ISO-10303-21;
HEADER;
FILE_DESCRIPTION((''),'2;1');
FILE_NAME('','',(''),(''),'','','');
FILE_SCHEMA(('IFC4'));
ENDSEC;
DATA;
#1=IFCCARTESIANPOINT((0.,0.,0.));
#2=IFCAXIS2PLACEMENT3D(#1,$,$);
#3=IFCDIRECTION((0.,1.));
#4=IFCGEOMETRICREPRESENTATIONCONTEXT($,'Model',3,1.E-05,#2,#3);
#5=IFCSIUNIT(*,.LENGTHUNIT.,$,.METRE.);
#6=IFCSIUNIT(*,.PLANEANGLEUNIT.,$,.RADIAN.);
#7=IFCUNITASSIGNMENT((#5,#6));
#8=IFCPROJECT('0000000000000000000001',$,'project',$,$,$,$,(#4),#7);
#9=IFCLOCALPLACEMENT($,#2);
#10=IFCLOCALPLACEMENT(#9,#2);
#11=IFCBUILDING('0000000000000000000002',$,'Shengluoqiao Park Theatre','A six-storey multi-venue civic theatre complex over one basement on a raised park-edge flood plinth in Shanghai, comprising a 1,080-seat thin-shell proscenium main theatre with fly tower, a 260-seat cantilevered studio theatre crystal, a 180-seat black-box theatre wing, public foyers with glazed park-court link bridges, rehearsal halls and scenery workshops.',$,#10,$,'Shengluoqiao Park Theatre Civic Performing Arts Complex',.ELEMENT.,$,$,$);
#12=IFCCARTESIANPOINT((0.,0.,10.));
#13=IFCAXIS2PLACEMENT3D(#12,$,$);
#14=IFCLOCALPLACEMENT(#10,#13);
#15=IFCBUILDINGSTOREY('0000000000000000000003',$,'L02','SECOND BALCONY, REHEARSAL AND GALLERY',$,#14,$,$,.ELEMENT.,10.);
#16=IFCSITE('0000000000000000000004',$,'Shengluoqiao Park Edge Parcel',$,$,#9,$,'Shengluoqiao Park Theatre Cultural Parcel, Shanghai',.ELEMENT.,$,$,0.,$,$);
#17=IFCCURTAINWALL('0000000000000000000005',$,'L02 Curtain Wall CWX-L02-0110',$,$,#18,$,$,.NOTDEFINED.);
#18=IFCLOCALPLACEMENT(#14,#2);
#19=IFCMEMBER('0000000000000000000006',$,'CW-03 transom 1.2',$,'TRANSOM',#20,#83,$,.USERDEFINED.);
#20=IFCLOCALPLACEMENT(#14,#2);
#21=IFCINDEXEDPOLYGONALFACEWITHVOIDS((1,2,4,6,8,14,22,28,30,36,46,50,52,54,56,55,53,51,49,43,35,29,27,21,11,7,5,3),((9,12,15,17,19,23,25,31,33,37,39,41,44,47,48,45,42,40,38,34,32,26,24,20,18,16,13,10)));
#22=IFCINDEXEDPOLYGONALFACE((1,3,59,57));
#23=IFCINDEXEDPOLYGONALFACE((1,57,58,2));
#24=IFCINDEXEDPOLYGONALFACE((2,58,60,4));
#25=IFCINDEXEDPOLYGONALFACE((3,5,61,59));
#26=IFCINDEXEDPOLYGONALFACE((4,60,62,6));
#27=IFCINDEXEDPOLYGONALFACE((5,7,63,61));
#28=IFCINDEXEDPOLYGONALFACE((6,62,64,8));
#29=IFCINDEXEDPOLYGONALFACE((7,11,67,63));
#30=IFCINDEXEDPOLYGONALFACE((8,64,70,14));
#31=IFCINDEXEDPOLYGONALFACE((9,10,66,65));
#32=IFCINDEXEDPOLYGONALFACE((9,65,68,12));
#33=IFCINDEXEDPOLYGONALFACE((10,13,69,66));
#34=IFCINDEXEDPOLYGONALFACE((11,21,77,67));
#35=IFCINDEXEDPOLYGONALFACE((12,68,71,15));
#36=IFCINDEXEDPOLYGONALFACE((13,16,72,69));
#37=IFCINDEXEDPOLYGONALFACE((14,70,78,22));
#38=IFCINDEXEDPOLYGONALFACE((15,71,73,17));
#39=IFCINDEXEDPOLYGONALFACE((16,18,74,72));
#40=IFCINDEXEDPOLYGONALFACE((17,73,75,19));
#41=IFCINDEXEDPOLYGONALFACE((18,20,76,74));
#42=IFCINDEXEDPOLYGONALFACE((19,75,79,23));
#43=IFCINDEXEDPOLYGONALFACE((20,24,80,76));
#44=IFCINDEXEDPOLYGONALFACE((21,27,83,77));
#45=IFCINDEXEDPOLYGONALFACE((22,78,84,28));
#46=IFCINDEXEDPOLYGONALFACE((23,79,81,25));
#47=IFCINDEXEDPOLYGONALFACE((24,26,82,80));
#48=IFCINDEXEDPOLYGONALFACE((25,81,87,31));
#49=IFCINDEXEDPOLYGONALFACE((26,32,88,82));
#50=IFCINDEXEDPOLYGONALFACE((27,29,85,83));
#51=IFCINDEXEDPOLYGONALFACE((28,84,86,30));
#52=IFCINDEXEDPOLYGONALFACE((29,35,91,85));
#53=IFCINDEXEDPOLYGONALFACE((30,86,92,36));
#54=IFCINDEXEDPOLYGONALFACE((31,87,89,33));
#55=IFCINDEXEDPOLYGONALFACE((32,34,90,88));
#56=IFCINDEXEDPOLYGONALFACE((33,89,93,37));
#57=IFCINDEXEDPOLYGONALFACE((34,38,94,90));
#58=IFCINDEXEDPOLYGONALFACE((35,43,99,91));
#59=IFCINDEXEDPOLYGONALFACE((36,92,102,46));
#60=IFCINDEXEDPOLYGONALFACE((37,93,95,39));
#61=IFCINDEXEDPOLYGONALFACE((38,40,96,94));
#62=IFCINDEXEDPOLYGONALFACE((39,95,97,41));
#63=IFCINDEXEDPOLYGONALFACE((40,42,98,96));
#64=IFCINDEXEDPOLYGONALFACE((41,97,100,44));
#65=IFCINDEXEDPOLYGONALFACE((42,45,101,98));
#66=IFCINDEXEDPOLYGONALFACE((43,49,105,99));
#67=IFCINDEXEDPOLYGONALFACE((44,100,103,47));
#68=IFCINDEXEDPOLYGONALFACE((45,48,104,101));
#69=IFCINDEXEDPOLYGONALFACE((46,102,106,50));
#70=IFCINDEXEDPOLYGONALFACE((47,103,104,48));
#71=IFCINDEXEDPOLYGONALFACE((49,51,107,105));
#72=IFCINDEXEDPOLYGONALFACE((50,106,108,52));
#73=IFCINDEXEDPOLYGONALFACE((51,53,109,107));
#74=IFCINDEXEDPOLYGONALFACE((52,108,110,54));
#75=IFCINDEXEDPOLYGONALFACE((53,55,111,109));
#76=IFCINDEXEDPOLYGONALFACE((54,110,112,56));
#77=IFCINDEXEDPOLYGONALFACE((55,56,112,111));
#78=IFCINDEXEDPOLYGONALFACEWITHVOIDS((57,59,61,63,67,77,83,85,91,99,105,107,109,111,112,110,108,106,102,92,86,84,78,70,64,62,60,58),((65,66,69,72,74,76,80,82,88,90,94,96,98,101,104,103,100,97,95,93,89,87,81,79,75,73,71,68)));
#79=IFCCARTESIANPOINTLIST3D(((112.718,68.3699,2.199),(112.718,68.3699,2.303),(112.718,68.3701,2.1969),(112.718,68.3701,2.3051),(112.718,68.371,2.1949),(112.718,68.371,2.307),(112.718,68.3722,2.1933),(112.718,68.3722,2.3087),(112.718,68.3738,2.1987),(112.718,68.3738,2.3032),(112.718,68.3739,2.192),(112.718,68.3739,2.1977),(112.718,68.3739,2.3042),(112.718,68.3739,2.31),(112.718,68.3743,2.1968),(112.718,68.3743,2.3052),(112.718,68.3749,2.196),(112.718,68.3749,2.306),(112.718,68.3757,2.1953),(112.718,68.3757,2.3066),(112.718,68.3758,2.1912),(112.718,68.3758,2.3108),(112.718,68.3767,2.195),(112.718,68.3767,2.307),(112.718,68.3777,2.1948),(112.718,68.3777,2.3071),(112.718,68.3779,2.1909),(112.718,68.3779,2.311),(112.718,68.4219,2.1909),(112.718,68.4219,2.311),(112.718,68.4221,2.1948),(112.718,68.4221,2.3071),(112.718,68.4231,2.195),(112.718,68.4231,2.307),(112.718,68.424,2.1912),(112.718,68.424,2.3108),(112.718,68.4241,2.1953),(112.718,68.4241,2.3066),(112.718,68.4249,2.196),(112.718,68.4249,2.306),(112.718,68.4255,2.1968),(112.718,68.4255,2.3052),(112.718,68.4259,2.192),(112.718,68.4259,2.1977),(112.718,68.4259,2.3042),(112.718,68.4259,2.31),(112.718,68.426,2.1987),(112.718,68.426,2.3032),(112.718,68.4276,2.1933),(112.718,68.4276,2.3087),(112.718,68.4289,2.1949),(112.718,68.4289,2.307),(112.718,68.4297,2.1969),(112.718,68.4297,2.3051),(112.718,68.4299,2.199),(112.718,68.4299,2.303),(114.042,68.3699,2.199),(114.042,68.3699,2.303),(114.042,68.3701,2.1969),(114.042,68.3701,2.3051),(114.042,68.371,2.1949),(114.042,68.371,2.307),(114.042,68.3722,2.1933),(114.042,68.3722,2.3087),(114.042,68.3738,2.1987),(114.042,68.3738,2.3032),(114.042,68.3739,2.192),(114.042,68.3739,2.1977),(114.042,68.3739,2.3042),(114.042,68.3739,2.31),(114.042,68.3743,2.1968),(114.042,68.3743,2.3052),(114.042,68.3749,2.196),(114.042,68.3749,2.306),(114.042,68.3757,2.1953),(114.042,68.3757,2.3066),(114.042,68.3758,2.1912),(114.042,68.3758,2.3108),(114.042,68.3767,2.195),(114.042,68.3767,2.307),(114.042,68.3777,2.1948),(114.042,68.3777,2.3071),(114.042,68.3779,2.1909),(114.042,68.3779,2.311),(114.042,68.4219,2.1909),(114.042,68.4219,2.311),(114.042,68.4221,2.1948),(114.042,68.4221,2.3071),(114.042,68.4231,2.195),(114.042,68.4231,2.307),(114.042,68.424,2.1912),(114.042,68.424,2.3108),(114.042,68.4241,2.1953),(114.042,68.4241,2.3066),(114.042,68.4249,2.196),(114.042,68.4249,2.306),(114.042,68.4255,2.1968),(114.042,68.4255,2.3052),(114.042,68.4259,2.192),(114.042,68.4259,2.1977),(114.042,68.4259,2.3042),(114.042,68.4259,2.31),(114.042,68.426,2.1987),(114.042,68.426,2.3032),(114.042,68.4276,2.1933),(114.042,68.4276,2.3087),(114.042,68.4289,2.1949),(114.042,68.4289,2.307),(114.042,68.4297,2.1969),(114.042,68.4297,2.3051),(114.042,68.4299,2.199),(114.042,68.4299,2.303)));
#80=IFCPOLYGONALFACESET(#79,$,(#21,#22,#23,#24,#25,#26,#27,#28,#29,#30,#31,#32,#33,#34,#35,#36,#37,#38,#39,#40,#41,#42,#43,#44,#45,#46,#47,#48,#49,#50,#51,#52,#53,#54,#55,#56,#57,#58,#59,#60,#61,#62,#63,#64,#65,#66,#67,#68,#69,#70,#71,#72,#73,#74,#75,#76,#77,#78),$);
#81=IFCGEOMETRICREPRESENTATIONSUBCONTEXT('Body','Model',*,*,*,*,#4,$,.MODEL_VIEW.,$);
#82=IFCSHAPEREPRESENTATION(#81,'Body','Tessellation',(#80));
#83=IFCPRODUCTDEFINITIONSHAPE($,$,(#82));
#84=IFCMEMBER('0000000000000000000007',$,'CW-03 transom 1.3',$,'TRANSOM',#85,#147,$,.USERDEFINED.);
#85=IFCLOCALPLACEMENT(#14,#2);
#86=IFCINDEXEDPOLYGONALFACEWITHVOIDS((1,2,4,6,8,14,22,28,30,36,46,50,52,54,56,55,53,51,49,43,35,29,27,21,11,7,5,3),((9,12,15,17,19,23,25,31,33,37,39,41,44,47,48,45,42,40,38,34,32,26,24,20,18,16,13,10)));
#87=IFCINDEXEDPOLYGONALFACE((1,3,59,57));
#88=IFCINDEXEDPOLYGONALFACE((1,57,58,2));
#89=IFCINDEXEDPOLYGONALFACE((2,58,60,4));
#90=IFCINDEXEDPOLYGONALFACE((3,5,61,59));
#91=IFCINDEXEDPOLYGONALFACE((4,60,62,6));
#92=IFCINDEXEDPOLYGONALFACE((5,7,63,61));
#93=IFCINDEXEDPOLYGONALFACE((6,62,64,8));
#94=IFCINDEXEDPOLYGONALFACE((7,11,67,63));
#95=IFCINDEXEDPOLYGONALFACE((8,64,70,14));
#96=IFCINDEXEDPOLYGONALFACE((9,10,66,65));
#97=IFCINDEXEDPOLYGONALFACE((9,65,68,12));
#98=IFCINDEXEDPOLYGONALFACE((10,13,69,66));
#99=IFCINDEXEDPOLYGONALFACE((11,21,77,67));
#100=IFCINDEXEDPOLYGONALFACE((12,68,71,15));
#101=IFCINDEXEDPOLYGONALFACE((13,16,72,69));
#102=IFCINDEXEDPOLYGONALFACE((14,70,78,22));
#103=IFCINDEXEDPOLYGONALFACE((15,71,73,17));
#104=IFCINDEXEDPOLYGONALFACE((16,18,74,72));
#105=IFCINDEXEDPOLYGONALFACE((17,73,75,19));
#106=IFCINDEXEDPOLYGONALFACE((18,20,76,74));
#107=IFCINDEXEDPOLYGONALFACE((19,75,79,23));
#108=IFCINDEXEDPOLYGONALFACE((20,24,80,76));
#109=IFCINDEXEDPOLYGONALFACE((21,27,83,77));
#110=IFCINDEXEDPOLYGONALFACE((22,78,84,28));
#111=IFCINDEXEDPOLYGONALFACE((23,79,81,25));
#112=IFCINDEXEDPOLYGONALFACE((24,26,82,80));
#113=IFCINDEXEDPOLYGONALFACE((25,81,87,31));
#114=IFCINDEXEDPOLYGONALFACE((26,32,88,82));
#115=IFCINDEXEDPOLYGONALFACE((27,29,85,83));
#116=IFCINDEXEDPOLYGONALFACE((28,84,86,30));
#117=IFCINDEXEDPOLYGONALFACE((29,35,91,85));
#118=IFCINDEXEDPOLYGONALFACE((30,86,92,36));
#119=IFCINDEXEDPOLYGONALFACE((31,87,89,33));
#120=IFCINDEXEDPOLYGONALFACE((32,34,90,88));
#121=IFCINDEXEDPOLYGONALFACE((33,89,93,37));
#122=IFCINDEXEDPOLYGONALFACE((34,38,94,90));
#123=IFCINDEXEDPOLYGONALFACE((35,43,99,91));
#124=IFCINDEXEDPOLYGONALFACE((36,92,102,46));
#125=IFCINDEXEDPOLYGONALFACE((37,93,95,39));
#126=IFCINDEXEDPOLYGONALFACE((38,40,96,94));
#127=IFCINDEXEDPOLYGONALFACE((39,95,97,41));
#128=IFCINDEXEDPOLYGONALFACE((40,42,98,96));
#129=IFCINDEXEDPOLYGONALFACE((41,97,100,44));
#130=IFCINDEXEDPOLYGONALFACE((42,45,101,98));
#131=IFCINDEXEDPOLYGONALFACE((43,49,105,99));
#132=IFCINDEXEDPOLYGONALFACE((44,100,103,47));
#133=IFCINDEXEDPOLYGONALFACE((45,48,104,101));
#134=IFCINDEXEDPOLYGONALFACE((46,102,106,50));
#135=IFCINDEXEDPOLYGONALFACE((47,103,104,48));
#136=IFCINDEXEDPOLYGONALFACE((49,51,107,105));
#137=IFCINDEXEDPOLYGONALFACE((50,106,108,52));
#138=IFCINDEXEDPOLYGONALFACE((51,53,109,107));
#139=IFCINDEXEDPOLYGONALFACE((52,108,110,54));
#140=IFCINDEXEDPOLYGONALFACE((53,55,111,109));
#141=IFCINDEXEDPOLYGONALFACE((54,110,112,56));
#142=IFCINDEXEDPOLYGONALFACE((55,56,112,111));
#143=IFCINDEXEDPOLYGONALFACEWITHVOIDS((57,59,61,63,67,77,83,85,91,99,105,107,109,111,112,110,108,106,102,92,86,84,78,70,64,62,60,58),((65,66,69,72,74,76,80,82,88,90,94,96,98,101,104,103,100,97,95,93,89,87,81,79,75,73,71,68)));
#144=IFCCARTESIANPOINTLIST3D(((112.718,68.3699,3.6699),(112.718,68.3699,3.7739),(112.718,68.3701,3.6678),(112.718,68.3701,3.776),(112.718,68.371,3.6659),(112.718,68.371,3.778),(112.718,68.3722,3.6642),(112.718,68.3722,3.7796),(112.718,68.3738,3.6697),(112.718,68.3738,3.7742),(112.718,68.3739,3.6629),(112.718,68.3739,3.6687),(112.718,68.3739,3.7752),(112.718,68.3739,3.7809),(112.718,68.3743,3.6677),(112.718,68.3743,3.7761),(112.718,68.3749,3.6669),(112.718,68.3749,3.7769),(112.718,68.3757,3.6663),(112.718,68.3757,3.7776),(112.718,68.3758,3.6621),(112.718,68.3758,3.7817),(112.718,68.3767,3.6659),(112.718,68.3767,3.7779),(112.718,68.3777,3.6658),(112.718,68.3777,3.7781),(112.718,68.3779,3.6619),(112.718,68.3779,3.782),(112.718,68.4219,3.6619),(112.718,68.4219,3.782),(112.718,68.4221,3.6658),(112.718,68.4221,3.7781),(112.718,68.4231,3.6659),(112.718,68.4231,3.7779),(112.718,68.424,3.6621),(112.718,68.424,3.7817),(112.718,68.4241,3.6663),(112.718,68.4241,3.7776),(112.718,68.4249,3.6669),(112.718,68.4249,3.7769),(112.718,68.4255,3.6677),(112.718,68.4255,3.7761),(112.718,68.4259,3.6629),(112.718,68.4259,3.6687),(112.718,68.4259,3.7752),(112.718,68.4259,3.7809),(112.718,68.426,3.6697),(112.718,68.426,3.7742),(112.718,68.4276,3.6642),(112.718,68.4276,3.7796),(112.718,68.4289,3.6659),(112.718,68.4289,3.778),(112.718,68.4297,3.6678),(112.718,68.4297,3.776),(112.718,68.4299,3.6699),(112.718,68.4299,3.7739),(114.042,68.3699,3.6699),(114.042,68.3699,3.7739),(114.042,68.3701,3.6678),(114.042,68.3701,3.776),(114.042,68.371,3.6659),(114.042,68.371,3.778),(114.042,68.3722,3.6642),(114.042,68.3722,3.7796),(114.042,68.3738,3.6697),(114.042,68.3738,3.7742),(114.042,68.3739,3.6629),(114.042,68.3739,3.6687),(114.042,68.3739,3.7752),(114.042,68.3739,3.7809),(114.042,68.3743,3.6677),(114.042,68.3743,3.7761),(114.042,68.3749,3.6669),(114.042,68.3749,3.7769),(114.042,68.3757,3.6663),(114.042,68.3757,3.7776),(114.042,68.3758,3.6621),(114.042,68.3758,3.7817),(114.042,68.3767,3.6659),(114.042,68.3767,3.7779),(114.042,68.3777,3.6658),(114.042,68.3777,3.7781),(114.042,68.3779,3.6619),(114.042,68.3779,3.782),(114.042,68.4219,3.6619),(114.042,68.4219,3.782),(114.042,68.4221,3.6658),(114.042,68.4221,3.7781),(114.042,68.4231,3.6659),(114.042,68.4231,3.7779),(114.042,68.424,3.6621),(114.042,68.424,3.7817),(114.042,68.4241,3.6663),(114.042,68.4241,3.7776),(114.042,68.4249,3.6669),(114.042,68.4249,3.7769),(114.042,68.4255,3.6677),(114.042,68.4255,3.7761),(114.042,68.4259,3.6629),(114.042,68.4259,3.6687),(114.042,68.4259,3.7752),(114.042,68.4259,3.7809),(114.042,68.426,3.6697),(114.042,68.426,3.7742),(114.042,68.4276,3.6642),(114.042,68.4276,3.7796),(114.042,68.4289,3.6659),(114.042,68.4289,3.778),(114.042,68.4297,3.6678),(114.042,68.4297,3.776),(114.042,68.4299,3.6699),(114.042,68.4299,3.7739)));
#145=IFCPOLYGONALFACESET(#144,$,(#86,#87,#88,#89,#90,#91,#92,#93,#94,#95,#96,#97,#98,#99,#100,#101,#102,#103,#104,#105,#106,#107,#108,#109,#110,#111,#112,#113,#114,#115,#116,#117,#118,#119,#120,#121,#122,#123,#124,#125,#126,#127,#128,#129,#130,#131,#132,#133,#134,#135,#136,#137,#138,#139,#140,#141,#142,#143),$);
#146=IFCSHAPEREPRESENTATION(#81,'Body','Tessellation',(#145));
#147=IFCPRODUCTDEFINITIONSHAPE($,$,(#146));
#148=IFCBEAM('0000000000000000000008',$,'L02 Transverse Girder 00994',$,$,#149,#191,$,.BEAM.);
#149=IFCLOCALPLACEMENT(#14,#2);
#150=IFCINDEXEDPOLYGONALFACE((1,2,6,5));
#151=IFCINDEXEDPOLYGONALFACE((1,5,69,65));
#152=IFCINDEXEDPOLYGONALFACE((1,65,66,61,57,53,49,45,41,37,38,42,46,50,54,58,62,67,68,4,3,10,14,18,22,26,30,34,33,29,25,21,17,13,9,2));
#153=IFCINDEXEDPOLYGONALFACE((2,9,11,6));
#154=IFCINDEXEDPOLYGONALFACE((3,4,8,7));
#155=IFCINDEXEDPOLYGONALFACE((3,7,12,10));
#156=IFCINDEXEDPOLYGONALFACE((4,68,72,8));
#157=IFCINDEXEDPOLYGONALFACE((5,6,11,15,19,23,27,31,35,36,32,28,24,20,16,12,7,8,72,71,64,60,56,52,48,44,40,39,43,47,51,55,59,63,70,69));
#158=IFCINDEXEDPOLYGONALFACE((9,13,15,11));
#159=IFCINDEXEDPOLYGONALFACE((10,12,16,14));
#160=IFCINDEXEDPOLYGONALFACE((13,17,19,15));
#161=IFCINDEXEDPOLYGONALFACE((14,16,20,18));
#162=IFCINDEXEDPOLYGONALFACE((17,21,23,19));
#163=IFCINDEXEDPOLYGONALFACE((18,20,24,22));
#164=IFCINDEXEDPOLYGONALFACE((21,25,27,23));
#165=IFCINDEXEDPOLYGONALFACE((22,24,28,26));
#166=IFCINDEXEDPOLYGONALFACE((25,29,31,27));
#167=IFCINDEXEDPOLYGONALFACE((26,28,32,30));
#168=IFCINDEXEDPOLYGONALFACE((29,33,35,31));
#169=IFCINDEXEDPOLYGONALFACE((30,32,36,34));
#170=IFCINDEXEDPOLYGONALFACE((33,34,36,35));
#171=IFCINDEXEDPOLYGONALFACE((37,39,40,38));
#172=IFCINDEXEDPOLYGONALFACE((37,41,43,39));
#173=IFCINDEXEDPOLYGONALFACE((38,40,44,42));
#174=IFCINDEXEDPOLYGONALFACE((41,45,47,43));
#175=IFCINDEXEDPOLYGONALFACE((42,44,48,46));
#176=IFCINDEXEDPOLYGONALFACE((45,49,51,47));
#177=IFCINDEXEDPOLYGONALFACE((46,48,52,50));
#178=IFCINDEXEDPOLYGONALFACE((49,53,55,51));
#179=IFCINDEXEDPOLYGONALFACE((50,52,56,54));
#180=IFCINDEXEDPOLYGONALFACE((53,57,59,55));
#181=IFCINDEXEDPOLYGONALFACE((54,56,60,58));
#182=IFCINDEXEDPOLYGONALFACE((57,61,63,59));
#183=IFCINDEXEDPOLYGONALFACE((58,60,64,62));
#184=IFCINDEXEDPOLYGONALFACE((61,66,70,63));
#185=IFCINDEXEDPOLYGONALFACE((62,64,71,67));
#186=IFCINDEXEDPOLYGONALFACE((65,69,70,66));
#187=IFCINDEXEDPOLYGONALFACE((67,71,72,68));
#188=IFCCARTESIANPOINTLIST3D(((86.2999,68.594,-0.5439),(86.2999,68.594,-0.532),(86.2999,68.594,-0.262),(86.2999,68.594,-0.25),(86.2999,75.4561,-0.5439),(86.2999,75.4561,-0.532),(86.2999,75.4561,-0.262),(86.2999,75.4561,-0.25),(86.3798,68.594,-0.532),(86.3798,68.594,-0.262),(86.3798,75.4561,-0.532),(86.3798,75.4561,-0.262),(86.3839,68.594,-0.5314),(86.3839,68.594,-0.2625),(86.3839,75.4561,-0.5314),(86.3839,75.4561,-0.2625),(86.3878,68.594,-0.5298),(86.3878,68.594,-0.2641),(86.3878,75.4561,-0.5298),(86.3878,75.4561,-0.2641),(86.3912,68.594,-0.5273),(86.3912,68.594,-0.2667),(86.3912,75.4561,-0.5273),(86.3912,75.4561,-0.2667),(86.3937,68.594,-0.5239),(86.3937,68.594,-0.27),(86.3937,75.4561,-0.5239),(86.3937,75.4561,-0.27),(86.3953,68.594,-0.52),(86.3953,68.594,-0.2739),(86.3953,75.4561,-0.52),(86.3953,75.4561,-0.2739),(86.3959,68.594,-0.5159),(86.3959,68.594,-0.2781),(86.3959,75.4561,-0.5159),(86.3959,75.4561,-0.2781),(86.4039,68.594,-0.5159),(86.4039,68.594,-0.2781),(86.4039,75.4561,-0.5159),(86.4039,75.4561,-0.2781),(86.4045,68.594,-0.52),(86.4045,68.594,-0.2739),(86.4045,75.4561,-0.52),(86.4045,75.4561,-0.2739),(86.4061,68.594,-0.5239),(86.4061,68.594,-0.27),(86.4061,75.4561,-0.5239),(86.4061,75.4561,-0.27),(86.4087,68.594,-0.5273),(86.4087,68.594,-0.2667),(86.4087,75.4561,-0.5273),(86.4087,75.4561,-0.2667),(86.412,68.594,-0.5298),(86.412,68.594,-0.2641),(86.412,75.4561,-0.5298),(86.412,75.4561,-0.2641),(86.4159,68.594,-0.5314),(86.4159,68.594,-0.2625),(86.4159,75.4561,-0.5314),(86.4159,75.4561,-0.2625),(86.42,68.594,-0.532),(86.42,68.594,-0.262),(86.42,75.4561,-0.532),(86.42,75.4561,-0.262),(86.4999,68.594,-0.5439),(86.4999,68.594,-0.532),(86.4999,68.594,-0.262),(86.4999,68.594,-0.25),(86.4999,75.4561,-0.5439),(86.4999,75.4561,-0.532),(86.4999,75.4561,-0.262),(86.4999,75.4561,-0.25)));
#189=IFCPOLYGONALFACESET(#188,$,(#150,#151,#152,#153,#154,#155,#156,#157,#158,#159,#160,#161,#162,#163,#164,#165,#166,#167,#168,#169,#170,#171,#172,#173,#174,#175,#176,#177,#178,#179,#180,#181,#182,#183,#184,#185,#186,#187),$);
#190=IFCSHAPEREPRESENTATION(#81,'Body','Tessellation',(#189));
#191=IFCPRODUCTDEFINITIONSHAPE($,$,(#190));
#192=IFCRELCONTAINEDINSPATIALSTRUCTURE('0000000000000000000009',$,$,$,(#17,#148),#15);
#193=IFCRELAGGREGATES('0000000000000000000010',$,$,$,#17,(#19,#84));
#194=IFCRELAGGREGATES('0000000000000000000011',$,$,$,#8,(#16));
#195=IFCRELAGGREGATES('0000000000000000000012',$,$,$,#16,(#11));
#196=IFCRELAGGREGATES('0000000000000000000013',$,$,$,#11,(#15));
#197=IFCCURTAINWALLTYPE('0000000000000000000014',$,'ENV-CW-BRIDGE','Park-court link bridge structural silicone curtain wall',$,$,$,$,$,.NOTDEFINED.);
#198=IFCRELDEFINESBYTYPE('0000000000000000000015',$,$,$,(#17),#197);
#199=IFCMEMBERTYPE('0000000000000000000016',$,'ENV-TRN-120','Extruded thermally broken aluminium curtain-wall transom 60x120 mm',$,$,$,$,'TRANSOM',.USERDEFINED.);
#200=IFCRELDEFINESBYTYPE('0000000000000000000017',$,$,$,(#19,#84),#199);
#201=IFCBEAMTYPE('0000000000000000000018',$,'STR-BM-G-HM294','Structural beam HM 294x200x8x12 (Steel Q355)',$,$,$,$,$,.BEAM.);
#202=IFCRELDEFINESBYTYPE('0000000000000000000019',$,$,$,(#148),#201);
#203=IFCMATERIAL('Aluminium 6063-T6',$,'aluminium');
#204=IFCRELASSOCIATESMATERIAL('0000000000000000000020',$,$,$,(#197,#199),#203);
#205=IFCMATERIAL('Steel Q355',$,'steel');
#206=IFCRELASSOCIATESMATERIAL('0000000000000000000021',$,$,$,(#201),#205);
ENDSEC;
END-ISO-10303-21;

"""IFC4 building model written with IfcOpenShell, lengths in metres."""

from ifc_helpers import new_model, si_unit, direction, frame, origin, origin_2d, place, context, subcontext, project, spatial, hollow_rectangle, i_section, extrude, material, material_profile, profile_set, type_object, element, aggregate, save


model = new_model("IFC4")

# Units and contexts
model_context = context("Model", 3, precision=1e-05, world=origin(), true_north=direction((0.0, 1.0)))
body_context = subcontext(model_context, "Body", "Model", "MODEL_VIEW")
ifc_project = project(units=[si_unit("LENGTHUNIT", "METRE"), si_unit("PLANEANGLEUNIT", "RADIAN")], contexts=[model_context])

# Site, building, storey
site_placement = place(None, origin())
site = spatial("IfcSite", under=ifc_project, at=site_placement, Name="Shengluoqiao Park Edge Parcel", LongName="Shengluoqiao Park Theatre Cultural Parcel, Shanghai", CompositionType="ELEMENT", RefElevation=0.0)
building_placement = place(site_placement, origin())
building = spatial("IfcBuilding", under=site, at=building_placement, Name="Shengluoqiao Park Theatre", Description="A six-storey multi-venue civic theatre complex over one basement on a raised park-edge flood plinth in Shanghai, comprising a 1,080-seat thin-shell proscenium main theatre with fly tower, a 260-seat cantilevered studio theatre crystal, a 180-seat black-box theatre wing, public foyers with glazed park-court link bridges, rehearsal halls and scenery workshops.", LongName="Shengluoqiao Park Theatre Civic Performing Arts Complex", CompositionType="ELEMENT")
storey_placement = place(building_placement, frame((0.0, 0.0, 10.0)))
storey = spatial("IfcBuildingStorey", under=building, at=storey_placement, Name="L02", Description="SECOND BALCONY, REHEARSAL AND GALLERY", CompositionType="ELEMENT", Elevation=10.0)

# Shared definitions
ifc_material_1 = material(Name="Aluminium 6063-T6", Category="aluminium")
curtain_wall_type = type_object("IfcCurtainWallType", Name="ENV-CW-BRIDGE", Description="Park-court link bridge structural silicone curtain wall", PredefinedType="NOTDEFINED", material=ifc_material_1)

# Curtain wall, members
curtain_wall_1_placement = place(storey_placement, origin())
curtain_wall_1 = element("IfcCurtainWall", 1, at=curtain_wall_1_placement, inside=storey, type_object=curtain_wall_type, Name="L02 Curtain Wall CWX-L02-0110", PredefinedType="NOTDEFINED")
ifc_material_profile_1 = material_profile(ifc_material_1, hollow_rectangle(XDim=0.0601, YDim=0.1201, WallThickness=0.0039, InnerFilletRadius=0.0039, OuterFilletRadius=0.0081, at=origin_2d()), Name="ALU TRANSOM 120x60x4")
ifc_profile_set_1 = profile_set([ifc_material_profile_1], Name="Aluminium 6063-T6")
member_type_1 = type_object("IfcMemberType", Name="ENV-TRN-120", Description="Extruded thermally broken aluminium curtain-wall transom 60x120 mm", ElementType="TRANSOM", PredefinedType="USERDEFINED", material=ifc_profile_set_1)
member_1_placement = place(storey_placement, frame((112.718, 68.3999, 2.251), z_axis=(1.0, 0.0, 0.0), x_axis=(0.0, 1.0, 0.0)))
member_1 = element("IfcMember", 2, at=member_1_placement, type_object=member_type_1, Name="CW-03 transom 1.2", ObjectType="TRANSOM", PredefinedType="USERDEFINED", context=body_context, shape_type="SweptSolid", body=[
    extrude(hollow_rectangle(XDim=0.0601, YDim=0.1201, WallThickness=0.0039, InnerFilletRadius=0.0039, OuterFilletRadius=0.0081, at=origin_2d()), origin(), (0.0, 0.0, 1.0), 1.324),
])
member_2_placement = place(storey_placement, frame((112.718, 68.3999, 3.7219), z_axis=(1.0, 0.0, 0.0), x_axis=(0.0, 1.0, 0.0)))
member_2 = element("IfcMember", 3, at=member_2_placement, type_object=member_type_1, Name="CW-03 transom 1.3", ObjectType="TRANSOM", PredefinedType="USERDEFINED", context=body_context, shape_type="SweptSolid", body=[
    extrude(hollow_rectangle(XDim=0.0601, YDim=0.1201, WallThickness=0.0039, InnerFilletRadius=0.0039, OuterFilletRadius=0.0081, at=origin_2d()), origin(), (0.0, 0.0, 1.0), 1.324),
])

# Beam
ifc_material_2 = material(Name="Steel Q355", Category="steel")
ifc_material_profile_2 = material_profile(ifc_material_2, i_section(OverallWidth=0.2, OverallDepth=0.2939, WebThickness=0.0081, FlangeThickness=0.012, FilletRadius=0.0161, at=origin_2d()), Name="HM 294x200x8x12")
ifc_profile_set_2 = profile_set([ifc_material_profile_2], Name="Steel Q355")
beam_type_1 = type_object("IfcBeamType", Name="STR-BM-G-HM294", Description="Structural beam HM 294x200x8x12 (Steel Q355)", PredefinedType="BEAM", material=ifc_profile_set_2)
beam_1_placement = place(storey_placement, frame((86.3999, 68.594, -0.397), z_axis=(0.0, 1.0, 0.0), x_axis=(-1.0, 0.0, 0.0)))
element("IfcBeam", 4, at=beam_1_placement, inside=storey, type_object=beam_type_1, Name="L02 Transverse Girder 00994", PredefinedType="BEAM", context=body_context, shape_type="SweptSolid", body=[
    extrude(i_section(OverallWidth=0.2, OverallDepth=0.2939, WebThickness=0.0081, FlangeThickness=0.012, FilletRadius=0.0161, at=origin_2d()), origin(), (0.0, 0.0, 1.0), 6.8621),
])

aggregate(curtain_wall_1, [member_1, member_2])

save(model, "model.ifc")
